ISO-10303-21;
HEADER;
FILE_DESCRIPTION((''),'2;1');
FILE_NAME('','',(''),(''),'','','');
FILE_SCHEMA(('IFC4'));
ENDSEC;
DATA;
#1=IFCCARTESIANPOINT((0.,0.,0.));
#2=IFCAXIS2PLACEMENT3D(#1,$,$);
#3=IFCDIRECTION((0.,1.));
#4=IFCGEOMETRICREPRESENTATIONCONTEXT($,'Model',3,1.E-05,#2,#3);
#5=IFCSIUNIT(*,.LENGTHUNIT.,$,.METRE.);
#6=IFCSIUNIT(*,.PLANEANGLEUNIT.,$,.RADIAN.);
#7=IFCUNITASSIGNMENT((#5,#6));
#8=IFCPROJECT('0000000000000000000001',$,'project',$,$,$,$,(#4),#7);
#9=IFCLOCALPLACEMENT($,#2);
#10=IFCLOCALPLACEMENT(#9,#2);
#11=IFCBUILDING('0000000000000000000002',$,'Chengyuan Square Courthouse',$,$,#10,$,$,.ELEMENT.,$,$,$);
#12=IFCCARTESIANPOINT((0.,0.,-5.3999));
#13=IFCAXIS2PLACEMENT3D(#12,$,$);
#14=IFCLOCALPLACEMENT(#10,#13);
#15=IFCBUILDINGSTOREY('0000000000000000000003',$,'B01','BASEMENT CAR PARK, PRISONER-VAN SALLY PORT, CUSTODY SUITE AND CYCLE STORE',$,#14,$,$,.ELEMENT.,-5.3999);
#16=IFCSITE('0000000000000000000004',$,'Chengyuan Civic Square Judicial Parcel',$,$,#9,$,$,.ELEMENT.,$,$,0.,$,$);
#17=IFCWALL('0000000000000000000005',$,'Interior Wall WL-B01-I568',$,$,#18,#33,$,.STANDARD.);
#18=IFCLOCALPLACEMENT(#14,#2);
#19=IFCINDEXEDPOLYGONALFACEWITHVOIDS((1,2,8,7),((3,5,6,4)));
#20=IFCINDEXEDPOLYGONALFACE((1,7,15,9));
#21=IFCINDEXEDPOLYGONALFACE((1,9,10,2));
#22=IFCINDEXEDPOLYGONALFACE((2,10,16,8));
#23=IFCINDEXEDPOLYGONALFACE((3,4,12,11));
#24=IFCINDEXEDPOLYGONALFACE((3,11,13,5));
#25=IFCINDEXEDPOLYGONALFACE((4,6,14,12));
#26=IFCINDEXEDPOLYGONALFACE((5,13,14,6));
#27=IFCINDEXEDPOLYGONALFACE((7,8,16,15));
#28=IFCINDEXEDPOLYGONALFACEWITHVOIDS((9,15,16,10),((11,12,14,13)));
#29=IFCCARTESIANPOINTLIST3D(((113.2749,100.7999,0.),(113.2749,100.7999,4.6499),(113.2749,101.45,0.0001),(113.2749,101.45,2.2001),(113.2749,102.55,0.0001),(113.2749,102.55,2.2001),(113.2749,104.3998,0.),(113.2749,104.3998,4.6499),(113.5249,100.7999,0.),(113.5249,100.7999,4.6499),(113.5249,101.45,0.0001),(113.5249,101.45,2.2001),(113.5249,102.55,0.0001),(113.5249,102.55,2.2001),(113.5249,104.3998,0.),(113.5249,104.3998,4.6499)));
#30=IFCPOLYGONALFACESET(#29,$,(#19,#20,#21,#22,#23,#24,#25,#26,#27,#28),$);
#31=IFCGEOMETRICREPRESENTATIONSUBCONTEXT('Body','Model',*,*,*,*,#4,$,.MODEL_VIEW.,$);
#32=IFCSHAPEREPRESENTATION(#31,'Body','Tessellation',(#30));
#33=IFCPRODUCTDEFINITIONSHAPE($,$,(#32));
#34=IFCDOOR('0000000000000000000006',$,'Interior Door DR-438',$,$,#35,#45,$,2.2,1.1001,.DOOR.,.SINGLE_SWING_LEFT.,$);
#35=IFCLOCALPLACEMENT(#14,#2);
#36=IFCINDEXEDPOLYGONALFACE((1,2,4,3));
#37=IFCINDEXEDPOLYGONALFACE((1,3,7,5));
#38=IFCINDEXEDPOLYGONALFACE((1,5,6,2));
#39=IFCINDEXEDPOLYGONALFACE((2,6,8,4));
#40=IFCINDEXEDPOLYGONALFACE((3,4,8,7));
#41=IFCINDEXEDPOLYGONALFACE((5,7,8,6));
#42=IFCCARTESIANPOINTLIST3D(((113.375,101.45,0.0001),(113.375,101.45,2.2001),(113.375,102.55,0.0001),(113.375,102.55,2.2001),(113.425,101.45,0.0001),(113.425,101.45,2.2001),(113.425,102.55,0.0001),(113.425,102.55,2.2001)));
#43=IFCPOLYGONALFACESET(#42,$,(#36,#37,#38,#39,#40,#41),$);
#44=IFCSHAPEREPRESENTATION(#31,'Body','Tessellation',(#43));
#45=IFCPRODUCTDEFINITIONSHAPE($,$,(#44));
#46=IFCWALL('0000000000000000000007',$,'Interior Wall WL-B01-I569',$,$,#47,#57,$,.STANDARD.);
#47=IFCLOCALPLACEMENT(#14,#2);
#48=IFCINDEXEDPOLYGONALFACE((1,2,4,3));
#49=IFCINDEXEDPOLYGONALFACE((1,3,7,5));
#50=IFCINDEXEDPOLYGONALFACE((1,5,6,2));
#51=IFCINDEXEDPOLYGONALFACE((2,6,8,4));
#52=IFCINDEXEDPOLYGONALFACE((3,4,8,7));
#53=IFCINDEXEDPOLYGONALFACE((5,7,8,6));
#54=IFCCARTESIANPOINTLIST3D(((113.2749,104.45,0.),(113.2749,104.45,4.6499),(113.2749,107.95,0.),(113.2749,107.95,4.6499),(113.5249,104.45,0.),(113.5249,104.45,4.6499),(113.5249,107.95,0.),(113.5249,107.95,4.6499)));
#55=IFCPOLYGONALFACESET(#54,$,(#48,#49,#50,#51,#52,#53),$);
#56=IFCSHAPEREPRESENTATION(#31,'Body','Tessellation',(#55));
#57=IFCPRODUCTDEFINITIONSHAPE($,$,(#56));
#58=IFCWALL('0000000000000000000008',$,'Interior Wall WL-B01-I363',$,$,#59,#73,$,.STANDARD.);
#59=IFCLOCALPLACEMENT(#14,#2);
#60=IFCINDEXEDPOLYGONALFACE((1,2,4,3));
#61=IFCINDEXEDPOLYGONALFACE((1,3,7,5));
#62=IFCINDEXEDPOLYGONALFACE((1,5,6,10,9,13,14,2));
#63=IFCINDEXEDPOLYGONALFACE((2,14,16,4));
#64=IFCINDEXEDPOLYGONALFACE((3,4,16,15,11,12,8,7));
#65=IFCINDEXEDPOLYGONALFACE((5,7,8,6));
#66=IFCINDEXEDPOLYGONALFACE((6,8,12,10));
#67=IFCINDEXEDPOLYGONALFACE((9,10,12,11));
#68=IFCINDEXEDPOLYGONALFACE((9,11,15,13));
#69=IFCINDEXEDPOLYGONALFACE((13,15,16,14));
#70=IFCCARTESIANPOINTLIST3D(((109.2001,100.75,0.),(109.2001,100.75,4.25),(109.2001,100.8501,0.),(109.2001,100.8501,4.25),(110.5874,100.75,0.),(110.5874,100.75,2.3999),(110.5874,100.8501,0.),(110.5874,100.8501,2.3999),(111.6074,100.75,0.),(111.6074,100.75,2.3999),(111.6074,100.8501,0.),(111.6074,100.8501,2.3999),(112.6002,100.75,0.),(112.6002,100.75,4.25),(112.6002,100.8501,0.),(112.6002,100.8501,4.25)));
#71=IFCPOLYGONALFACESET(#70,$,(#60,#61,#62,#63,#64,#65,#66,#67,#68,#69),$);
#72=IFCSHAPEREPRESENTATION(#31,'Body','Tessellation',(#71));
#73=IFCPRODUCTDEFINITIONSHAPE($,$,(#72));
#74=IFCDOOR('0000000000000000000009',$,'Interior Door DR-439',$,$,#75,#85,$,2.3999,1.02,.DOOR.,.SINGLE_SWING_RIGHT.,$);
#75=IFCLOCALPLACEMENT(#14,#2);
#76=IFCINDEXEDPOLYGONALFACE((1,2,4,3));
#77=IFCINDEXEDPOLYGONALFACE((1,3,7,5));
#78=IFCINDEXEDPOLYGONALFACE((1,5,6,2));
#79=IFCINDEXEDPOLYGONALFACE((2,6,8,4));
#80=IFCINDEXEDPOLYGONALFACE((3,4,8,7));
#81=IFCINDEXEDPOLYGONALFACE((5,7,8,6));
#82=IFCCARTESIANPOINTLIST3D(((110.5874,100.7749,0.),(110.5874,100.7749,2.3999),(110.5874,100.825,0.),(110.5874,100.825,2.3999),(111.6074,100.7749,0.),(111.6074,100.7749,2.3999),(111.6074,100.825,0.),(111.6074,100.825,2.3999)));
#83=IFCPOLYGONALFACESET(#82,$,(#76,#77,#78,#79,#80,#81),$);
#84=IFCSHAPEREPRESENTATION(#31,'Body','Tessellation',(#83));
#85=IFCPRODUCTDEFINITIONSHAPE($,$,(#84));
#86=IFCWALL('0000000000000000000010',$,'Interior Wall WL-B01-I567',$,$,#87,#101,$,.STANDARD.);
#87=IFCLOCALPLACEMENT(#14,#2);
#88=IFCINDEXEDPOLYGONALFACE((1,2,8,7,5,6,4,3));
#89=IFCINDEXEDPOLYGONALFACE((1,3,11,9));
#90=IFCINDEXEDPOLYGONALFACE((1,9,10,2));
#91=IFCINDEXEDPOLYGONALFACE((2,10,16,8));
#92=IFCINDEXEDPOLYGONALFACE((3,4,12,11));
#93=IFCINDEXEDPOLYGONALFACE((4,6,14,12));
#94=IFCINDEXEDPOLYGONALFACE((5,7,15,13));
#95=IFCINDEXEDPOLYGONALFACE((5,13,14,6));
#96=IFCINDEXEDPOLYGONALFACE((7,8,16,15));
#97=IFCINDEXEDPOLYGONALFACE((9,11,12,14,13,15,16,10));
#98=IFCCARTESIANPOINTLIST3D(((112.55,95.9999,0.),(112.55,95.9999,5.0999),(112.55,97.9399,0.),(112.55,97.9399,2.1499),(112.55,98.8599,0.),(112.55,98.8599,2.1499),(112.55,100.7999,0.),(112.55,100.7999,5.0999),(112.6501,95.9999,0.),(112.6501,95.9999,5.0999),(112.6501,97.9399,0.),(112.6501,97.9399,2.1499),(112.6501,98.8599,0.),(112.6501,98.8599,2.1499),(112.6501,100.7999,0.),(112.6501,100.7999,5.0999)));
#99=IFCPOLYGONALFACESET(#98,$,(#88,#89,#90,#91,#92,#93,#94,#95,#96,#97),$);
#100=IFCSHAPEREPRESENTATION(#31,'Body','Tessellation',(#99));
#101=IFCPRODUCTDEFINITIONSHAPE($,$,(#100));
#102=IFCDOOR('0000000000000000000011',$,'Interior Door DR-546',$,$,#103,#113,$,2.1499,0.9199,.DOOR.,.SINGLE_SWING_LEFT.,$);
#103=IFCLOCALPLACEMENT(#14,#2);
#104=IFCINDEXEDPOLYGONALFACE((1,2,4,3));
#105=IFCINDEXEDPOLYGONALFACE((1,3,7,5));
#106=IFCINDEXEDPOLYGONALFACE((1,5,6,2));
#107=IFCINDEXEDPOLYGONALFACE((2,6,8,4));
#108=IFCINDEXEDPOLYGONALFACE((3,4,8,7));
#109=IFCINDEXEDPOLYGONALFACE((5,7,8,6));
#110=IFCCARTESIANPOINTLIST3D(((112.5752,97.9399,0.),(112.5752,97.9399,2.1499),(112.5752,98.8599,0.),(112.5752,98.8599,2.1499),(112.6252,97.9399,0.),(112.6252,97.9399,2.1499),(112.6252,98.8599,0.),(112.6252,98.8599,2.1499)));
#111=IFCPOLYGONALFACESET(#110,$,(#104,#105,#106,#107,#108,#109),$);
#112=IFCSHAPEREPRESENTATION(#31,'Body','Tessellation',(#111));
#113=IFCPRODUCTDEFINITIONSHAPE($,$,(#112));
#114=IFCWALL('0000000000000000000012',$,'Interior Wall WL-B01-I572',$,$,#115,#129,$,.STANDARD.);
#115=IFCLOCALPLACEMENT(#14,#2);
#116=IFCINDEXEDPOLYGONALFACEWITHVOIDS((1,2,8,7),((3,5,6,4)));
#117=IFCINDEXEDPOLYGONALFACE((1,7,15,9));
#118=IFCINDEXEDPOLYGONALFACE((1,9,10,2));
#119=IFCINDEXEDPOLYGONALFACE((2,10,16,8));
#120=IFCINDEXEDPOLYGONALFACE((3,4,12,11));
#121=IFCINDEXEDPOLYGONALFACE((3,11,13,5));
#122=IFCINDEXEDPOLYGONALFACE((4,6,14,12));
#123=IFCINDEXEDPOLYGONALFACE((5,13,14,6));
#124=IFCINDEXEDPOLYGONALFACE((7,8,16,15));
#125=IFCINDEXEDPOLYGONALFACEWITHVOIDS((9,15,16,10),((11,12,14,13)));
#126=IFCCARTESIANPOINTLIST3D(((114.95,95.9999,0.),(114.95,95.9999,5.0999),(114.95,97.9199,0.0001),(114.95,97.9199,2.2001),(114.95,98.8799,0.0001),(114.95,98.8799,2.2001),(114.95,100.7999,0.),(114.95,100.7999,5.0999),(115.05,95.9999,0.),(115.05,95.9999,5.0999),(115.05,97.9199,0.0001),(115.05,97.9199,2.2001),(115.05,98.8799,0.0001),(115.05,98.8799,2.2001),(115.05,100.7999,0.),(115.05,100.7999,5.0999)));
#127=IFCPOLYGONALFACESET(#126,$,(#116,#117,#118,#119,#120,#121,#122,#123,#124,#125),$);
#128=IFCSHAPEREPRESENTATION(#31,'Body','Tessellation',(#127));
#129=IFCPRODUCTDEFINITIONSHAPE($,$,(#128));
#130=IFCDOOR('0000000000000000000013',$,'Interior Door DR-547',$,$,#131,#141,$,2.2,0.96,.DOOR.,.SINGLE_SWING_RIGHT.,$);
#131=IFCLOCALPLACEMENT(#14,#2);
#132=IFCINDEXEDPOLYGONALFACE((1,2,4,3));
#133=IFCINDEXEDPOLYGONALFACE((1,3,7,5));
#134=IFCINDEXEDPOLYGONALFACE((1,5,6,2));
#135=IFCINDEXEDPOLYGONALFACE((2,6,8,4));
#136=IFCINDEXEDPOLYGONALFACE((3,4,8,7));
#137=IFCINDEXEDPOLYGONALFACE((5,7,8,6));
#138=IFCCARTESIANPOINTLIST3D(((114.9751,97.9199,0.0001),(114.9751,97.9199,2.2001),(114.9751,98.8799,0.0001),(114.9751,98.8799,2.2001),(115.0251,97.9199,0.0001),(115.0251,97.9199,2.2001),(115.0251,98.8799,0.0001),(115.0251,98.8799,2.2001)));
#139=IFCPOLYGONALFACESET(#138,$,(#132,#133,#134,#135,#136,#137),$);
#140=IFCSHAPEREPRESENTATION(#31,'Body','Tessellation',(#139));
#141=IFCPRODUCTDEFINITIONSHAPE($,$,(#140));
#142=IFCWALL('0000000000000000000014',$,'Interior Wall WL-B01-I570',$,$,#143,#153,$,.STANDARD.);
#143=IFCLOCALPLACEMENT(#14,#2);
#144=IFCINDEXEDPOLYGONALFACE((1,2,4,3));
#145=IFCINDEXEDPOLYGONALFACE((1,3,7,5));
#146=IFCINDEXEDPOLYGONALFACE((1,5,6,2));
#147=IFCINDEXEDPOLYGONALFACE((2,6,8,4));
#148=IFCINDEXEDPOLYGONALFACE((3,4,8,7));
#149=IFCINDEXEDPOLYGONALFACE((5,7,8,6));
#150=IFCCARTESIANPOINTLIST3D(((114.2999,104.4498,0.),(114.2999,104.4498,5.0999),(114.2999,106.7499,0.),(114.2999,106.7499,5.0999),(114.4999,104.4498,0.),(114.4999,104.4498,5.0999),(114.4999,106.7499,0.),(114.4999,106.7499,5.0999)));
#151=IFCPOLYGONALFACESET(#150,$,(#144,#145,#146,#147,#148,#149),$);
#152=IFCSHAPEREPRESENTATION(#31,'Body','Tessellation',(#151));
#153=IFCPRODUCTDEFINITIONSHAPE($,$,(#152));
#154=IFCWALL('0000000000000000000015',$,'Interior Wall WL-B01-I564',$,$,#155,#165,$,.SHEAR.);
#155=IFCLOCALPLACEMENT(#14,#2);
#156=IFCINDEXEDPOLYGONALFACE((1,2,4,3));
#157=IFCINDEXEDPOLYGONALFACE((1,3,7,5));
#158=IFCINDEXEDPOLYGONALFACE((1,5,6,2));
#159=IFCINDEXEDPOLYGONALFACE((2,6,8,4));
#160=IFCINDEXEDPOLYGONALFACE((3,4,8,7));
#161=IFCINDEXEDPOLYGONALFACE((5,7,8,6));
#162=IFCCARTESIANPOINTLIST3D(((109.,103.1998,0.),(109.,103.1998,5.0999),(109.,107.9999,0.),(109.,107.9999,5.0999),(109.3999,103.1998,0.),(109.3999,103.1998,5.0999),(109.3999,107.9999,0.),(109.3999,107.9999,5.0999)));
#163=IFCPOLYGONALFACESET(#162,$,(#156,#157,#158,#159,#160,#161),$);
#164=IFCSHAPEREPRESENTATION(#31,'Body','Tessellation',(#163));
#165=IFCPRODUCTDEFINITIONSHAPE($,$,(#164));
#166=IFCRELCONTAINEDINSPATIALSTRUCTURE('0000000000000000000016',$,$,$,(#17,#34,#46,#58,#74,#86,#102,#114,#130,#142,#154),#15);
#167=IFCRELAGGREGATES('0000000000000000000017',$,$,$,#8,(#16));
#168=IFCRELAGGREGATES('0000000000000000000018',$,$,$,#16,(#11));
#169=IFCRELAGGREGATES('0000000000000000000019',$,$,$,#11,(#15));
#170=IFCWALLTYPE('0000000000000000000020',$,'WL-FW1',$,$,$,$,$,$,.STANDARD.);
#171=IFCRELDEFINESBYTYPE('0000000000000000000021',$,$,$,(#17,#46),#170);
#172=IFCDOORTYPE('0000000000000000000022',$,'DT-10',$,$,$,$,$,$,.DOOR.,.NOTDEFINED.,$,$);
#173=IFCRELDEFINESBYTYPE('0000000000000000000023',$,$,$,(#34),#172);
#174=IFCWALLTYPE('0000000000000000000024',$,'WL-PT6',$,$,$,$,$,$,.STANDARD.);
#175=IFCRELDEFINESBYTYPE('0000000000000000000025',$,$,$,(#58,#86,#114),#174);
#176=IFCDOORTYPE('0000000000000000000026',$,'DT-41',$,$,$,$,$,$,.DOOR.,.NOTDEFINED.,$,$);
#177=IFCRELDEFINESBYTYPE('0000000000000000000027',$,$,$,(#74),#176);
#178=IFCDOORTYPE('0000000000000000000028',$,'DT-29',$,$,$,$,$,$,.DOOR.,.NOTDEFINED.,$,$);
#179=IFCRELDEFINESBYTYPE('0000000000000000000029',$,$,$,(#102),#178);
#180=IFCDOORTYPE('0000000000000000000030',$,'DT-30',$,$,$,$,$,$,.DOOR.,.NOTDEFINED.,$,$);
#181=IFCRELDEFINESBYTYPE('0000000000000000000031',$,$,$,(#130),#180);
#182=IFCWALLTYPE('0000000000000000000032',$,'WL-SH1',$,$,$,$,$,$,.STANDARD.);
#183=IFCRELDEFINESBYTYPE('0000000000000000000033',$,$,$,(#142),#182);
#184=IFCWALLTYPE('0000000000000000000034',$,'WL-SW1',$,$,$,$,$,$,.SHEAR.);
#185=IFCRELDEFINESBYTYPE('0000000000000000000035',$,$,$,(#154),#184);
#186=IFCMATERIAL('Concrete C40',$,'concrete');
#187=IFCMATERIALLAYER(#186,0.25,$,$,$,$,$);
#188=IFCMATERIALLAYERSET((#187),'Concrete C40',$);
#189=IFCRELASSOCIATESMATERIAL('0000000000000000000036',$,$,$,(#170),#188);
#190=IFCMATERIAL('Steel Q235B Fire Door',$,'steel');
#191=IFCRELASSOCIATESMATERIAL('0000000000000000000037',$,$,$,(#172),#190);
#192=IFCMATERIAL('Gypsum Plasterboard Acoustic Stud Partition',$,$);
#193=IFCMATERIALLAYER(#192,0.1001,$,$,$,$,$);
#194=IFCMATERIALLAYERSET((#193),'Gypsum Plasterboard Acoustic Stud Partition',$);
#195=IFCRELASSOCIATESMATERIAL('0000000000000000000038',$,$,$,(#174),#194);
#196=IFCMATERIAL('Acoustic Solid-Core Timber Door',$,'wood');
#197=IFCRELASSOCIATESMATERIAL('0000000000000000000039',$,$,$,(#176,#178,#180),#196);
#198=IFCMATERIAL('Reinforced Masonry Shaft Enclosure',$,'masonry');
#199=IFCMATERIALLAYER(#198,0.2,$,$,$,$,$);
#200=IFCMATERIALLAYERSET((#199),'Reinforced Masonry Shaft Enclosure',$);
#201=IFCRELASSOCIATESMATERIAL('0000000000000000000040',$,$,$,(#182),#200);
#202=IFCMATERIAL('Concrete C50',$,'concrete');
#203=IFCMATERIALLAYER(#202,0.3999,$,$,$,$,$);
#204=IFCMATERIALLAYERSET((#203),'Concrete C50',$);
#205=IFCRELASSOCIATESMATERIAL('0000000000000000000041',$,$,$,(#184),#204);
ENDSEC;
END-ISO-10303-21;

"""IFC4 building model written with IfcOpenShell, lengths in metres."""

from ifc_helpers import new_model, si_unit, direction, frame, frame_2d, origin, place, context, subcontext, project, spatial, rectangle, extrude, material, layer, layer_set, type_object, element, fill, save


model = new_model("IFC4")

# Units and contexts
model_context = context("Model", 3, precision=1e-05, world=origin(), true_north=direction((0.0, 1.0)))
body_context = subcontext(model_context, "Body", "Model", "MODEL_VIEW")
ifc_project = project(units=[si_unit("LENGTHUNIT", "METRE"), si_unit("PLANEANGLEUNIT", "RADIAN")], contexts=[model_context])

# Site, building, storey
site_placement = place(None, origin())
site = spatial("IfcSite", under=ifc_project, at=site_placement, Name="Chengyuan Civic Square Judicial Parcel", CompositionType="ELEMENT", RefElevation=0.0)
building_placement = place(site_placement, origin())
building = spatial("IfcBuilding", under=site, at=building_placement, Name="Chengyuan Square Courthouse", CompositionType="ELEMENT")
storey_placement = place(building_placement, frame((0.0, 0.0, -5.3999)))
storey = spatial("IfcBuildingStorey", under=building, at=storey_placement, Name="B01", Description="BASEMENT CAR PARK, PRISONER-VAN SALLY PORT, CUSTODY SUITE AND CYCLE STORE", CompositionType="ELEMENT", Elevation=-5.3999)

# Shared definitions
ifc_material_1 = material(Name="Concrete C50", Category="concrete")

# Shared definitions
ifc_material_2 = material(Name="Concrete C40", Category="concrete")

# Shared definitions
ifc_layer_1 = layer(ifc_material_2, 0.25)
ifc_layer_set_1 = layer_set([ifc_layer_1], Name="Concrete C40")
wall_type_1 = type_object("IfcWallType", Name="WL-FW1", PredefinedType="STANDARD", material=ifc_layer_set_1)
ifc_material_3 = material(Name="Steel Q235B Fire Door", Category="steel")
door_type_1 = type_object("IfcDoorType", Name="DT-10", OperationType="NOTDEFINED", PredefinedType="DOOR", material=ifc_material_3)

# Wall, opening, door
wall_1_placement = place(storey_placement, frame((113.3999, 100.8, 0.0), z_axis=(0.0, 0.0, 1.0), x_axis=(0.0, 1.0, 0.0)))
wall_1 = element("IfcWall", 1, at=wall_1_placement, inside=storey, type_object=wall_type_1, Name="Interior Wall WL-B01-I568", PredefinedType="STANDARD", context=body_context, shape_type="SweptSolid", body=[
    extrude(rectangle(XDim=3.5999, YDim=0.25, at=frame_2d((1.7998, 0.0))), origin(), (0.0, 0.0, 1.0), 4.6499),
])
opening_1_placement = place(wall_1_placement, frame((0.6499, 0.0, 0.0)))
opening_1 = element("IfcOpeningElement", 2, at=opening_1_placement, cuts=wall_1, PredefinedType="OPENING", context=body_context, shape_type="SweptSolid", body=[
    extrude(rectangle(XDim=1.1001, YDim=2.2, at=frame_2d((0.55, 1.1001))), frame((0.0, 0.137, 0.0), z_axis=(0.0, -1.0, 0.0), x_axis=(1.0, 0.0, 0.0)), (0.0, 0.0, 1.0), 0.2739),
])
door_1_placement = place(opening_1_placement, origin())
door_1 = element("IfcDoor", 3, at=door_1_placement, inside=storey, type_object=door_type_1, Name="Interior Door DR-438", OperationType="SINGLE_SWING_LEFT", OverallHeight=2.2, OverallWidth=1.1001, PredefinedType="DOOR", context=body_context, shape_type="SweptSolid", body=[
    extrude(rectangle(XDim=1.1001, YDim=2.2, at=frame_2d((0.55, 1.1001))), frame((0.0, 0.0249, 0.0), z_axis=(0.0, -1.0, 0.0), x_axis=(1.0, 0.0, 0.0)), (0.0, 0.0, 1.0), 0.05),
])
fill(opening_1, door_1)

# Wall
wall_2_placement = place(storey_placement, frame((113.3999, 104.45, 0.0), z_axis=(0.0, 0.0, 1.0), x_axis=(0.0, 1.0, 0.0)))
element("IfcWall", 4, at=wall_2_placement, inside=storey, type_object=wall_type_1, Name="Interior Wall WL-B01-I569", PredefinedType="STANDARD", context=body_context, shape_type="SweptSolid", body=[
    extrude(rectangle(XDim=3.5, YDim=0.25, at=frame_2d((1.75, 0.0))), origin(), (0.0, 0.0, 1.0), 4.6499),
])

# Walls, openings, doors
ifc_material_4 = material(Name="Gypsum Plasterboard Acoustic Stud Partition")
ifc_layer_2 = layer(ifc_material_4, 0.1001)
ifc_layer_set_2 = layer_set([ifc_layer_2], Name="Gypsum Plasterboard Acoustic Stud Partition")
wall_type_2 = type_object("IfcWallType", Name="WL-PT6", PredefinedType="STANDARD", material=ifc_layer_set_2)
wall_3_placement = place(storey_placement, frame((109.2, 100.8, 0.0), z_axis=(0.0, 0.0, 1.0), x_axis=(1.0, 0.0, 0.0)))
wall_3 = element("IfcWall", 5, at=wall_3_placement, inside=storey, type_object=wall_type_2, Name="Interior Wall WL-B01-I363", PredefinedType="STANDARD", context=body_context, shape_type="SweptSolid", body=[
    extrude(rectangle(XDim=3.4001, YDim=0.1001, at=frame_2d((1.7002, 0.0))), origin(), (0.0, 0.0, 1.0), 4.25),
])
opening_2_placement = place(wall_3_placement, frame((1.3875, 0.0, 0.0)))
opening_2 = element("IfcOpeningElement", 6, at=opening_2_placement, cuts=wall_3, PredefinedType="OPENING", context=body_context, shape_type="SweptSolid", body=[
    extrude(rectangle(XDim=1.02, YDim=2.3999, at=frame_2d((0.51, 1.2))), frame((0.0, 0.062, 0.0), z_axis=(0.0, -1.0, 0.0), x_axis=(1.0, 0.0, 0.0)), (0.0, 0.0, 1.0), 0.124),
])
ifc_material_5 = material(Name="Acoustic Solid-Core Timber Door", Category="wood")
door_type_2 = type_object("IfcDoorType", Name="DT-41", OperationType="NOTDEFINED", PredefinedType="DOOR", material=ifc_material_5)
door_2_placement = place(opening_2_placement, origin())
door_2 = element("IfcDoor", 7, at=door_2_placement, inside=storey, type_object=door_type_2, Name="Interior Door DR-439", OperationType="SINGLE_SWING_RIGHT", OverallHeight=2.3999, OverallWidth=1.02, PredefinedType="DOOR", context=body_context, shape_type="SweptSolid", body=[
    extrude(rectangle(XDim=1.02, YDim=2.3999, at=frame_2d((0.51, 1.2))), frame((0.0, 0.0249, 0.0), z_axis=(0.0, -1.0, 0.0), x_axis=(1.0, 0.0, 0.0)), (0.0, 0.0, 1.0), 0.05),
])
fill(opening_2, door_2)
wall_4_placement = place(storey_placement, frame((112.6001, 96.0, 0.0), z_axis=(0.0, 0.0, 1.0), x_axis=(0.0, 1.0, 0.0)))
wall_4 = element("IfcWall", 8, at=wall_4_placement, inside=storey, type_object=wall_type_2, Name="Interior Wall WL-B01-I567", PredefinedType="STANDARD", context=body_context, shape_type="SweptSolid", body=[
    extrude(rectangle(XDim=4.8, YDim=0.1001, at=frame_2d((2.3999, 0.0))), origin(), (0.0, 0.0, 1.0), 5.0999),
])
opening_3_placement = place(wall_4_placement, frame((1.9399, 0.0, 0.0)))
opening_3 = element("IfcOpeningElement", 9, at=opening_3_placement, cuts=wall_4, PredefinedType="OPENING", context=body_context, shape_type="SweptSolid", body=[
    extrude(rectangle(XDim=0.9199, YDim=2.1499, at=frame_2d((0.46, 1.075))), frame((0.0, 0.062, 0.0), z_axis=(0.0, -1.0, 0.0), x_axis=(1.0, 0.0, 0.0)), (0.0, 0.0, 1.0), 0.124),
])
door_type_3 = type_object("IfcDoorType", Name="DT-29", OperationType="NOTDEFINED", PredefinedType="DOOR", material=ifc_material_5)
door_3_placement = place(opening_3_placement, origin())
door_3 = element("IfcDoor", 10, at=door_3_placement, inside=storey, type_object=door_type_3, Name="Interior Door DR-546", OperationType="SINGLE_SWING_LEFT", OverallHeight=2.1499, OverallWidth=0.9199, PredefinedType="DOOR", context=body_context, shape_type="SweptSolid", body=[
    extrude(rectangle(XDim=0.9199, YDim=2.1499, at=frame_2d((0.46, 1.075))), frame((0.0, 0.0249, 0.0), z_axis=(0.0, -1.0, 0.0), x_axis=(1.0, 0.0, 0.0)), (0.0, 0.0, 1.0), 0.05),
])
fill(opening_3, door_3)
wall_5_placement = place(storey_placement, frame((115.0, 96.0, 0.0), z_axis=(0.0, 0.0, 1.0), x_axis=(0.0, 1.0, 0.0)))
wall_5 = element("IfcWall", 11, at=wall_5_placement, inside=storey, type_object=wall_type_2, Name="Interior Wall WL-B01-I572", PredefinedType="STANDARD", context=body_context, shape_type="SweptSolid", body=[
    extrude(rectangle(XDim=4.8, YDim=0.1001, at=frame_2d((2.3999, 0.0))), origin(), (0.0, 0.0, 1.0), 5.0999),
])
opening_4_placement = place(wall_5_placement, frame((1.9199, 0.0, 0.0)))
opening_4 = element("IfcOpeningElement", 12, at=opening_4_placement, cuts=wall_5, PredefinedType="OPENING", context=body_context, shape_type="SweptSolid", body=[
    extrude(rectangle(XDim=0.96, YDim=2.2, at=frame_2d((0.48, 1.1001))), frame((0.0, 0.062, 0.0), z_axis=(0.0, -1.0, 0.0), x_axis=(1.0, 0.0, 0.0)), (0.0, 0.0, 1.0), 0.124),
])
door_type_4 = type_object("IfcDoorType", Name="DT-30", OperationType="NOTDEFINED", PredefinedType="DOOR", material=ifc_material_5)
door_4_placement = place(opening_4_placement, origin())
door_4 = element("IfcDoor", 13, at=door_4_placement, inside=storey, type_object=door_type_4, Name="Interior Door DR-547", OperationType="SINGLE_SWING_RIGHT", OverallHeight=2.2, OverallWidth=0.96, PredefinedType="DOOR", context=body_context, shape_type="SweptSolid", body=[
    extrude(rectangle(XDim=0.96, YDim=2.2, at=frame_2d((0.48, 1.1001))), frame((0.0, 0.0249, 0.0), z_axis=(0.0, -1.0, 0.0), x_axis=(1.0, 0.0, 0.0)), (0.0, 0.0, 1.0), 0.05),
])
fill(opening_4, door_4)
ifc_material_6 = material(Name="Reinforced Masonry Shaft Enclosure", Category="masonry")
ifc_layer_3 = layer(ifc_material_6, 0.2)
ifc_layer_set_3 = layer_set([ifc_layer_3], Name="Reinforced Masonry Shaft Enclosure")
wall_type_3 = type_object("IfcWallType", Name="WL-SH1", PredefinedType="STANDARD", material=ifc_layer_set_3)

# Walls
wall_6_placement = place(storey_placement, frame((114.3999, 104.45, 0.0), z_axis=(0.0, 0.0, 1.0), x_axis=(0.0, 1.0, 0.0)))
element("IfcWall", 14, at=wall_6_placement, inside=storey, type_object=wall_type_3, Name="Interior Wall WL-B01-I570", PredefinedType="STANDARD", context=body_context, shape_type="SweptSolid", body=[
    extrude(rectangle(XDim=2.3, YDim=0.2, at=frame_2d((1.1499, 0.0))), origin(), (0.0, 0.0, 1.0), 5.0999),
])
ifc_layer_4 = layer(ifc_material_1, 0.3999)
ifc_layer_set_4 = layer_set([ifc_layer_4], Name="Concrete C50")
wall_type_4 = type_object("IfcWallType", Name="WL-SW1", PredefinedType="SHEAR", material=ifc_layer_set_4)
wall_7_placement = place(storey_placement, frame((109.2, 103.2, 0.0), z_axis=(0.0, 0.0, 1.0), x_axis=(0.0, 1.0, 0.0)))
element("IfcWall", 15, at=wall_7_placement, inside=storey, type_object=wall_type_4, Name="Interior Wall WL-B01-I564", PredefinedType="SHEAR", context=body_context, shape_type="SweptSolid", body=[
    extrude(rectangle(XDim=4.8, YDim=0.3999, at=frame_2d((2.3999, 0.0))), origin(), (0.0, 0.0, 1.0), 5.0999),
])

save(model, "model.ifc")
